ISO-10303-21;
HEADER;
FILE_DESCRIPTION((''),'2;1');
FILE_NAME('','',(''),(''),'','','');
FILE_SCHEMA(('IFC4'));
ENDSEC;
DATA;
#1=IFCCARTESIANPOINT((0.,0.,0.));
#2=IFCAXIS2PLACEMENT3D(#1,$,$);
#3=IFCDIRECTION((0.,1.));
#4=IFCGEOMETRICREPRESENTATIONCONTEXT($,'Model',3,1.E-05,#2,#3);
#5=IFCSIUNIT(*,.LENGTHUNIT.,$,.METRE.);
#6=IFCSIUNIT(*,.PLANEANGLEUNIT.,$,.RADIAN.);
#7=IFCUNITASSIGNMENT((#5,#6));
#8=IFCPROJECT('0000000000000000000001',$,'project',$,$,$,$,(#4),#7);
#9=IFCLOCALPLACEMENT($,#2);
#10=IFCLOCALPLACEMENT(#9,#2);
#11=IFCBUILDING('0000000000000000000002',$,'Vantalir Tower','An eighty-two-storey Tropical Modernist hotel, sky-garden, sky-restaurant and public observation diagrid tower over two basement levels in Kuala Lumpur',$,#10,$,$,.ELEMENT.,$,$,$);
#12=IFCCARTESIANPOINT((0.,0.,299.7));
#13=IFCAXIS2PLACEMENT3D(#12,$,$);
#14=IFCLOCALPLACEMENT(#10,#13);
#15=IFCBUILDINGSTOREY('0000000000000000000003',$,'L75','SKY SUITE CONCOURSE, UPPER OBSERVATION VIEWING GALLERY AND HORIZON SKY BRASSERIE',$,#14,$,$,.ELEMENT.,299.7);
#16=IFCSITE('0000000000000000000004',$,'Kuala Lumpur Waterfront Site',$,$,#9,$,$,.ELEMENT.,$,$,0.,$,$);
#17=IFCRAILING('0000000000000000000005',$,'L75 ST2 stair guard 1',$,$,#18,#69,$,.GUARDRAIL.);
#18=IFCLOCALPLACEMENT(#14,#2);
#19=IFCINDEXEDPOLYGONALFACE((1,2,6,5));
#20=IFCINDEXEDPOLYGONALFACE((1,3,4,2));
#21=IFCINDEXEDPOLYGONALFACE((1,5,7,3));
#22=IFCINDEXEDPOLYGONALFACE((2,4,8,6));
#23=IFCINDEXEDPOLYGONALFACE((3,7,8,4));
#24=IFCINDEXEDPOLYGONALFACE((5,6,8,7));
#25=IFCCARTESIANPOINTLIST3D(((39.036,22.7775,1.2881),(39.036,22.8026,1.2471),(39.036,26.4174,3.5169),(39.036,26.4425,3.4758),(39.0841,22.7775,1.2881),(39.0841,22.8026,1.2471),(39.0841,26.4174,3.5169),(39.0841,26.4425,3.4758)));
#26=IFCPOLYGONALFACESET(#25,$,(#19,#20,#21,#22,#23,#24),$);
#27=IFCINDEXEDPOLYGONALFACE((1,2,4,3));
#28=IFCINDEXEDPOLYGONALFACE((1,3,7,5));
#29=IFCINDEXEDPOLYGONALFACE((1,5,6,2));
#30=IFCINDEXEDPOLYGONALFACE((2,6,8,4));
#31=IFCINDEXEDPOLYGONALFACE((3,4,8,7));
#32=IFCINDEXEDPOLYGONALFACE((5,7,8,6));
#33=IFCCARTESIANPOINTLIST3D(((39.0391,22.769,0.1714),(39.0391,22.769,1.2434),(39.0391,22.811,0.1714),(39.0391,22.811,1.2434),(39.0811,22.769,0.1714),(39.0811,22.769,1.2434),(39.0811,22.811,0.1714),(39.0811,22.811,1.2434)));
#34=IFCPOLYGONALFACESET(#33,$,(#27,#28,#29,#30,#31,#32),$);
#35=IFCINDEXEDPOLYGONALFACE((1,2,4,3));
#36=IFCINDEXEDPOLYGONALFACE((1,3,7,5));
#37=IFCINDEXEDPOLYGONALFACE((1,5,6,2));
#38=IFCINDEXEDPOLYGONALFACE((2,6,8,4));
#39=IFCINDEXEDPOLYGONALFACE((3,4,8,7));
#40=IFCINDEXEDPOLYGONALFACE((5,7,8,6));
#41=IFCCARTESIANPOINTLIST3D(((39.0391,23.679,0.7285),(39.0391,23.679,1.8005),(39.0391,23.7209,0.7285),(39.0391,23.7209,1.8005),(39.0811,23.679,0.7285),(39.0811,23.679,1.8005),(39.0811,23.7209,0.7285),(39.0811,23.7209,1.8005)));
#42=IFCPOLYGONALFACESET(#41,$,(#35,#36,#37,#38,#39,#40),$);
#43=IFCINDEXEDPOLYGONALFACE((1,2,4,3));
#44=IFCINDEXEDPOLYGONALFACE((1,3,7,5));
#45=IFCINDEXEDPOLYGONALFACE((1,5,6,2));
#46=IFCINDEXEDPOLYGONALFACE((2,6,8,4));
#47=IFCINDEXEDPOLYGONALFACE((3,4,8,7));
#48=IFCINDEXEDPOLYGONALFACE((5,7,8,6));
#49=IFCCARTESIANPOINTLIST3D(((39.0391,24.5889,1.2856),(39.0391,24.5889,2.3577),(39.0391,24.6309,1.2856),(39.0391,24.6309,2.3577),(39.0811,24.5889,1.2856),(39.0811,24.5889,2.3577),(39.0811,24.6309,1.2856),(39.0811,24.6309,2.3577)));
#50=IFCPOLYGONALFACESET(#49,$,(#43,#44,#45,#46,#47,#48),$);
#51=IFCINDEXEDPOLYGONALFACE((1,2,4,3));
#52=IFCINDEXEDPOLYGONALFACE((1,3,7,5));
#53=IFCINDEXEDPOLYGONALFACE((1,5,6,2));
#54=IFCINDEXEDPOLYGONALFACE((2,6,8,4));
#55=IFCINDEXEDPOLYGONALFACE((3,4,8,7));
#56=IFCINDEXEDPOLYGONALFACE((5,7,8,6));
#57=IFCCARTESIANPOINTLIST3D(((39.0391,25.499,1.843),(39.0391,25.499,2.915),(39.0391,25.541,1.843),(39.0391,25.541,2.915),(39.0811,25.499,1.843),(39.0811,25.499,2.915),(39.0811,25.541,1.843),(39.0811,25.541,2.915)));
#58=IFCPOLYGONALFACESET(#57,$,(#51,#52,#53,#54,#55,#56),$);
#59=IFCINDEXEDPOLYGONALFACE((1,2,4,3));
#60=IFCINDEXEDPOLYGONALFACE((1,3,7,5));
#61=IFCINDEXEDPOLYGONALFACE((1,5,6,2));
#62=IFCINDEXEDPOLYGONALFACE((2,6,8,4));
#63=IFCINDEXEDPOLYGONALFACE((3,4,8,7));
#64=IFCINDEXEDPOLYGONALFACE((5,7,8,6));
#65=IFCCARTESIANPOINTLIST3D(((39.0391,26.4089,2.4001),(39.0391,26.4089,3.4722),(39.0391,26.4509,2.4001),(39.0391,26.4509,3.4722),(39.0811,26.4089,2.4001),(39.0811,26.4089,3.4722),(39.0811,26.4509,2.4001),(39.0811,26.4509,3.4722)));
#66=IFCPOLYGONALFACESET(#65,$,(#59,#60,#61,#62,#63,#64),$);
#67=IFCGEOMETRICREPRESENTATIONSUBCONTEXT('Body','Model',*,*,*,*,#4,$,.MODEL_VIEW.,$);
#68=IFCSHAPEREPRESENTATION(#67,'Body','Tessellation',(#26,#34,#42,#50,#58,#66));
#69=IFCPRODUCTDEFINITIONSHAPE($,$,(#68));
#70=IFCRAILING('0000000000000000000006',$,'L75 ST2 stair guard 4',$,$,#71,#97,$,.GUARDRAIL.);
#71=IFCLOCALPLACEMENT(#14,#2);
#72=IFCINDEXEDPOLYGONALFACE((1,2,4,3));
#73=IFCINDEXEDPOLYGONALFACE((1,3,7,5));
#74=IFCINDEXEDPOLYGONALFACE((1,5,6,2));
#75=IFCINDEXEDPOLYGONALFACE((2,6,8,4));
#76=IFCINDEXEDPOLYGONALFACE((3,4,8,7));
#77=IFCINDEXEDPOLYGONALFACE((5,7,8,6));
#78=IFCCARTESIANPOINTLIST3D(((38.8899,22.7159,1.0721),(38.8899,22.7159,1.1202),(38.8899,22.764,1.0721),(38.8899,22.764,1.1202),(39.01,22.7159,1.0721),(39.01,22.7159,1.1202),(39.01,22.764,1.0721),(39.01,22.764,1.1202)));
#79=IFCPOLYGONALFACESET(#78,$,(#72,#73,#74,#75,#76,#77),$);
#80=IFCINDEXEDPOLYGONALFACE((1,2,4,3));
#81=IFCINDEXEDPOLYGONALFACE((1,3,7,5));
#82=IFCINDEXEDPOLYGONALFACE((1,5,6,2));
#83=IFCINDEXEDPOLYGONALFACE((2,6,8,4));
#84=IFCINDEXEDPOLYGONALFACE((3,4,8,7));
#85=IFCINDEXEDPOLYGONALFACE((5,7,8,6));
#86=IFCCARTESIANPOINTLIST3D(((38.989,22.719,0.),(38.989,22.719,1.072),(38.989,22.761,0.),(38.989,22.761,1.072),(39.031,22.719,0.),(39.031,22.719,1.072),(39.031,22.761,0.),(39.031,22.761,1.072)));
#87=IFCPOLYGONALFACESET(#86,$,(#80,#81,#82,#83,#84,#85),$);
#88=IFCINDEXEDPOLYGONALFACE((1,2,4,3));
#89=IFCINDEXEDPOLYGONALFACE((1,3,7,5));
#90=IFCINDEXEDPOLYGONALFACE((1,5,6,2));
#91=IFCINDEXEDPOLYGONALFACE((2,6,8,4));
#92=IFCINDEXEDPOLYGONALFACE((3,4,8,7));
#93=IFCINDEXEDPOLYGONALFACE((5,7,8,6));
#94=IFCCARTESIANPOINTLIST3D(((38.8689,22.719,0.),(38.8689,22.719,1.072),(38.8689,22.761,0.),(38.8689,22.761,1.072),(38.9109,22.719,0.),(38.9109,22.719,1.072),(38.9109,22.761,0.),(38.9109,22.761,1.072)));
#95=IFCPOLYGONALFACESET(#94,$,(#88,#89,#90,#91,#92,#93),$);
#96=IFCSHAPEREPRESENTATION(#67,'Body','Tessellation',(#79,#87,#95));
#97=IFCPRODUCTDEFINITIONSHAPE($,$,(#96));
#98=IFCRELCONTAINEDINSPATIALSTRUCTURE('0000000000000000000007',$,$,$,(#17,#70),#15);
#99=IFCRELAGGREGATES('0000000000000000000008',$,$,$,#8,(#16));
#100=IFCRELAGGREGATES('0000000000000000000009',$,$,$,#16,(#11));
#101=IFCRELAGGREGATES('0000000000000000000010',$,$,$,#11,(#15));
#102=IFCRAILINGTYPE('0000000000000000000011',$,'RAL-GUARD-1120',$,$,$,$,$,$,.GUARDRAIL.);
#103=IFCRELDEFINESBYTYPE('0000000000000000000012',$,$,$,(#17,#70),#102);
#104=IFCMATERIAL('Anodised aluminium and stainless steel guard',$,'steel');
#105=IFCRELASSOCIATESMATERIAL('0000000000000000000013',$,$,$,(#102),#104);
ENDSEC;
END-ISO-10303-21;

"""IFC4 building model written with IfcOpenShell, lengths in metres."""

from ifc_helpers import new_model, si_unit, direction, frame, origin, origin_2d, place, context, subcontext, project, spatial, rectangle, extrude, material, type_object, element, save


model = new_model("IFC4")

# Units and contexts
model_context = context("Model", 3, precision=1e-05, world=origin(), true_north=direction((0.0, 1.0)))
body_context = subcontext(model_context, "Body", "Model", "MODEL_VIEW")
ifc_project = project(units=[si_unit("LENGTHUNIT", "METRE"), si_unit("PLANEANGLEUNIT", "RADIAN")], contexts=[model_context])

# Site, building, storey
site_placement = place(None, origin())
site = spatial("IfcSite", under=ifc_project, at=site_placement, Name="Kuala Lumpur Waterfront Site", CompositionType="ELEMENT", RefElevation=0.0)
building_placement = place(site_placement, origin())
building = spatial("IfcBuilding", under=site, at=building_placement, Name="Vantalir Tower", Description="An eighty-two-storey Tropical Modernist hotel, sky-garden, sky-restaurant and public observation diagrid tower over two basement levels in Kuala Lumpur", CompositionType="ELEMENT")
storey_placement = place(building_placement, frame((0.0, 0.0, 299.7)))
storey = spatial("IfcBuildingStorey", under=building, at=storey_placement, Name="L75", Description="SKY SUITE CONCOURSE, UPPER OBSERVATION VIEWING GALLERY AND HORIZON SKY BRASSERIE", CompositionType="ELEMENT", Elevation=299.7)

# Railings
ifc_material_1 = material(Name="Anodised aluminium and stainless steel guard", Category="steel")
railing_type = type_object("IfcRailingType", Name="RAL-GUARD-1120", PredefinedType="GUARDRAIL", material=ifc_material_1)
railing_1_placement = place(storey_placement, frame((39.0601, 22.79, 0.1714)))
element("IfcRailing", 1, at=railing_1_placement, inside=storey, type_object=railing_type, Name="L75 ST2 stair guard 1", PredefinedType="GUARDRAIL", context=body_context, shape_type="SweptSolid", body=[
    extrude(rectangle(XDim=0.0481, YDim=0.0481, at=origin_2d()), frame((0.0, 0.0, 1.0962), z_axis=(0.0, 0.852825, 0.522197), x_axis=(-1.0, 0.0, 0.0)), (0.0, 0.0, 1.0), 4.2681),
    extrude(rectangle(XDim=0.042, YDim=0.042, at=origin_2d()), origin(), (0.0, 0.0, 1.0), 1.072),
    extrude(rectangle(XDim=0.042, YDim=0.042, at=origin_2d()), frame((0.0, 0.9099, 0.5571)), (0.0, 0.0, 1.0), 1.072),
    extrude(rectangle(XDim=0.042, YDim=0.042, at=origin_2d()), frame((0.0, 1.8198, 1.1143)), (0.0, 0.0, 1.0), 1.072),
    extrude(rectangle(XDim=0.042, YDim=0.042, at=origin_2d()), frame((0.0, 2.73, 1.6716)), (0.0, 0.0, 1.0), 1.072),
    extrude(rectangle(XDim=0.042, YDim=0.042, at=origin_2d()), frame((0.0, 3.6399, 2.2288)), (0.0, 0.0, 1.0), 1.072),
])
railing_2_placement = place(storey_placement, frame((39.01, 22.74, 0.0)))
element("IfcRailing", 2, at=railing_2_placement, inside=storey, type_object=railing_type, Name="L75 ST2 stair guard 4", PredefinedType="GUARDRAIL", context=body_context, shape_type="SweptSolid", body=[
    extrude(rectangle(XDim=0.0481, YDim=0.0481, at=origin_2d()), frame((0.0, 0.0, 1.0962), z_axis=(-1.0, 0.0, 0.0), x_axis=(0.0, -1.0, 0.0)), (0.0, 0.0, 1.0), 0.1201),
    extrude(rectangle(XDim=0.042, YDim=0.042, at=origin_2d()), origin(), (0.0, 0.0, 1.0), 1.072),
    extrude(rectangle(XDim=0.042, YDim=0.042, at=origin_2d()), frame((-0.1201, 0.0, 0.0)), (0.0, 0.0, 1.0), 1.072),
])

save(model, "model.ifc")
